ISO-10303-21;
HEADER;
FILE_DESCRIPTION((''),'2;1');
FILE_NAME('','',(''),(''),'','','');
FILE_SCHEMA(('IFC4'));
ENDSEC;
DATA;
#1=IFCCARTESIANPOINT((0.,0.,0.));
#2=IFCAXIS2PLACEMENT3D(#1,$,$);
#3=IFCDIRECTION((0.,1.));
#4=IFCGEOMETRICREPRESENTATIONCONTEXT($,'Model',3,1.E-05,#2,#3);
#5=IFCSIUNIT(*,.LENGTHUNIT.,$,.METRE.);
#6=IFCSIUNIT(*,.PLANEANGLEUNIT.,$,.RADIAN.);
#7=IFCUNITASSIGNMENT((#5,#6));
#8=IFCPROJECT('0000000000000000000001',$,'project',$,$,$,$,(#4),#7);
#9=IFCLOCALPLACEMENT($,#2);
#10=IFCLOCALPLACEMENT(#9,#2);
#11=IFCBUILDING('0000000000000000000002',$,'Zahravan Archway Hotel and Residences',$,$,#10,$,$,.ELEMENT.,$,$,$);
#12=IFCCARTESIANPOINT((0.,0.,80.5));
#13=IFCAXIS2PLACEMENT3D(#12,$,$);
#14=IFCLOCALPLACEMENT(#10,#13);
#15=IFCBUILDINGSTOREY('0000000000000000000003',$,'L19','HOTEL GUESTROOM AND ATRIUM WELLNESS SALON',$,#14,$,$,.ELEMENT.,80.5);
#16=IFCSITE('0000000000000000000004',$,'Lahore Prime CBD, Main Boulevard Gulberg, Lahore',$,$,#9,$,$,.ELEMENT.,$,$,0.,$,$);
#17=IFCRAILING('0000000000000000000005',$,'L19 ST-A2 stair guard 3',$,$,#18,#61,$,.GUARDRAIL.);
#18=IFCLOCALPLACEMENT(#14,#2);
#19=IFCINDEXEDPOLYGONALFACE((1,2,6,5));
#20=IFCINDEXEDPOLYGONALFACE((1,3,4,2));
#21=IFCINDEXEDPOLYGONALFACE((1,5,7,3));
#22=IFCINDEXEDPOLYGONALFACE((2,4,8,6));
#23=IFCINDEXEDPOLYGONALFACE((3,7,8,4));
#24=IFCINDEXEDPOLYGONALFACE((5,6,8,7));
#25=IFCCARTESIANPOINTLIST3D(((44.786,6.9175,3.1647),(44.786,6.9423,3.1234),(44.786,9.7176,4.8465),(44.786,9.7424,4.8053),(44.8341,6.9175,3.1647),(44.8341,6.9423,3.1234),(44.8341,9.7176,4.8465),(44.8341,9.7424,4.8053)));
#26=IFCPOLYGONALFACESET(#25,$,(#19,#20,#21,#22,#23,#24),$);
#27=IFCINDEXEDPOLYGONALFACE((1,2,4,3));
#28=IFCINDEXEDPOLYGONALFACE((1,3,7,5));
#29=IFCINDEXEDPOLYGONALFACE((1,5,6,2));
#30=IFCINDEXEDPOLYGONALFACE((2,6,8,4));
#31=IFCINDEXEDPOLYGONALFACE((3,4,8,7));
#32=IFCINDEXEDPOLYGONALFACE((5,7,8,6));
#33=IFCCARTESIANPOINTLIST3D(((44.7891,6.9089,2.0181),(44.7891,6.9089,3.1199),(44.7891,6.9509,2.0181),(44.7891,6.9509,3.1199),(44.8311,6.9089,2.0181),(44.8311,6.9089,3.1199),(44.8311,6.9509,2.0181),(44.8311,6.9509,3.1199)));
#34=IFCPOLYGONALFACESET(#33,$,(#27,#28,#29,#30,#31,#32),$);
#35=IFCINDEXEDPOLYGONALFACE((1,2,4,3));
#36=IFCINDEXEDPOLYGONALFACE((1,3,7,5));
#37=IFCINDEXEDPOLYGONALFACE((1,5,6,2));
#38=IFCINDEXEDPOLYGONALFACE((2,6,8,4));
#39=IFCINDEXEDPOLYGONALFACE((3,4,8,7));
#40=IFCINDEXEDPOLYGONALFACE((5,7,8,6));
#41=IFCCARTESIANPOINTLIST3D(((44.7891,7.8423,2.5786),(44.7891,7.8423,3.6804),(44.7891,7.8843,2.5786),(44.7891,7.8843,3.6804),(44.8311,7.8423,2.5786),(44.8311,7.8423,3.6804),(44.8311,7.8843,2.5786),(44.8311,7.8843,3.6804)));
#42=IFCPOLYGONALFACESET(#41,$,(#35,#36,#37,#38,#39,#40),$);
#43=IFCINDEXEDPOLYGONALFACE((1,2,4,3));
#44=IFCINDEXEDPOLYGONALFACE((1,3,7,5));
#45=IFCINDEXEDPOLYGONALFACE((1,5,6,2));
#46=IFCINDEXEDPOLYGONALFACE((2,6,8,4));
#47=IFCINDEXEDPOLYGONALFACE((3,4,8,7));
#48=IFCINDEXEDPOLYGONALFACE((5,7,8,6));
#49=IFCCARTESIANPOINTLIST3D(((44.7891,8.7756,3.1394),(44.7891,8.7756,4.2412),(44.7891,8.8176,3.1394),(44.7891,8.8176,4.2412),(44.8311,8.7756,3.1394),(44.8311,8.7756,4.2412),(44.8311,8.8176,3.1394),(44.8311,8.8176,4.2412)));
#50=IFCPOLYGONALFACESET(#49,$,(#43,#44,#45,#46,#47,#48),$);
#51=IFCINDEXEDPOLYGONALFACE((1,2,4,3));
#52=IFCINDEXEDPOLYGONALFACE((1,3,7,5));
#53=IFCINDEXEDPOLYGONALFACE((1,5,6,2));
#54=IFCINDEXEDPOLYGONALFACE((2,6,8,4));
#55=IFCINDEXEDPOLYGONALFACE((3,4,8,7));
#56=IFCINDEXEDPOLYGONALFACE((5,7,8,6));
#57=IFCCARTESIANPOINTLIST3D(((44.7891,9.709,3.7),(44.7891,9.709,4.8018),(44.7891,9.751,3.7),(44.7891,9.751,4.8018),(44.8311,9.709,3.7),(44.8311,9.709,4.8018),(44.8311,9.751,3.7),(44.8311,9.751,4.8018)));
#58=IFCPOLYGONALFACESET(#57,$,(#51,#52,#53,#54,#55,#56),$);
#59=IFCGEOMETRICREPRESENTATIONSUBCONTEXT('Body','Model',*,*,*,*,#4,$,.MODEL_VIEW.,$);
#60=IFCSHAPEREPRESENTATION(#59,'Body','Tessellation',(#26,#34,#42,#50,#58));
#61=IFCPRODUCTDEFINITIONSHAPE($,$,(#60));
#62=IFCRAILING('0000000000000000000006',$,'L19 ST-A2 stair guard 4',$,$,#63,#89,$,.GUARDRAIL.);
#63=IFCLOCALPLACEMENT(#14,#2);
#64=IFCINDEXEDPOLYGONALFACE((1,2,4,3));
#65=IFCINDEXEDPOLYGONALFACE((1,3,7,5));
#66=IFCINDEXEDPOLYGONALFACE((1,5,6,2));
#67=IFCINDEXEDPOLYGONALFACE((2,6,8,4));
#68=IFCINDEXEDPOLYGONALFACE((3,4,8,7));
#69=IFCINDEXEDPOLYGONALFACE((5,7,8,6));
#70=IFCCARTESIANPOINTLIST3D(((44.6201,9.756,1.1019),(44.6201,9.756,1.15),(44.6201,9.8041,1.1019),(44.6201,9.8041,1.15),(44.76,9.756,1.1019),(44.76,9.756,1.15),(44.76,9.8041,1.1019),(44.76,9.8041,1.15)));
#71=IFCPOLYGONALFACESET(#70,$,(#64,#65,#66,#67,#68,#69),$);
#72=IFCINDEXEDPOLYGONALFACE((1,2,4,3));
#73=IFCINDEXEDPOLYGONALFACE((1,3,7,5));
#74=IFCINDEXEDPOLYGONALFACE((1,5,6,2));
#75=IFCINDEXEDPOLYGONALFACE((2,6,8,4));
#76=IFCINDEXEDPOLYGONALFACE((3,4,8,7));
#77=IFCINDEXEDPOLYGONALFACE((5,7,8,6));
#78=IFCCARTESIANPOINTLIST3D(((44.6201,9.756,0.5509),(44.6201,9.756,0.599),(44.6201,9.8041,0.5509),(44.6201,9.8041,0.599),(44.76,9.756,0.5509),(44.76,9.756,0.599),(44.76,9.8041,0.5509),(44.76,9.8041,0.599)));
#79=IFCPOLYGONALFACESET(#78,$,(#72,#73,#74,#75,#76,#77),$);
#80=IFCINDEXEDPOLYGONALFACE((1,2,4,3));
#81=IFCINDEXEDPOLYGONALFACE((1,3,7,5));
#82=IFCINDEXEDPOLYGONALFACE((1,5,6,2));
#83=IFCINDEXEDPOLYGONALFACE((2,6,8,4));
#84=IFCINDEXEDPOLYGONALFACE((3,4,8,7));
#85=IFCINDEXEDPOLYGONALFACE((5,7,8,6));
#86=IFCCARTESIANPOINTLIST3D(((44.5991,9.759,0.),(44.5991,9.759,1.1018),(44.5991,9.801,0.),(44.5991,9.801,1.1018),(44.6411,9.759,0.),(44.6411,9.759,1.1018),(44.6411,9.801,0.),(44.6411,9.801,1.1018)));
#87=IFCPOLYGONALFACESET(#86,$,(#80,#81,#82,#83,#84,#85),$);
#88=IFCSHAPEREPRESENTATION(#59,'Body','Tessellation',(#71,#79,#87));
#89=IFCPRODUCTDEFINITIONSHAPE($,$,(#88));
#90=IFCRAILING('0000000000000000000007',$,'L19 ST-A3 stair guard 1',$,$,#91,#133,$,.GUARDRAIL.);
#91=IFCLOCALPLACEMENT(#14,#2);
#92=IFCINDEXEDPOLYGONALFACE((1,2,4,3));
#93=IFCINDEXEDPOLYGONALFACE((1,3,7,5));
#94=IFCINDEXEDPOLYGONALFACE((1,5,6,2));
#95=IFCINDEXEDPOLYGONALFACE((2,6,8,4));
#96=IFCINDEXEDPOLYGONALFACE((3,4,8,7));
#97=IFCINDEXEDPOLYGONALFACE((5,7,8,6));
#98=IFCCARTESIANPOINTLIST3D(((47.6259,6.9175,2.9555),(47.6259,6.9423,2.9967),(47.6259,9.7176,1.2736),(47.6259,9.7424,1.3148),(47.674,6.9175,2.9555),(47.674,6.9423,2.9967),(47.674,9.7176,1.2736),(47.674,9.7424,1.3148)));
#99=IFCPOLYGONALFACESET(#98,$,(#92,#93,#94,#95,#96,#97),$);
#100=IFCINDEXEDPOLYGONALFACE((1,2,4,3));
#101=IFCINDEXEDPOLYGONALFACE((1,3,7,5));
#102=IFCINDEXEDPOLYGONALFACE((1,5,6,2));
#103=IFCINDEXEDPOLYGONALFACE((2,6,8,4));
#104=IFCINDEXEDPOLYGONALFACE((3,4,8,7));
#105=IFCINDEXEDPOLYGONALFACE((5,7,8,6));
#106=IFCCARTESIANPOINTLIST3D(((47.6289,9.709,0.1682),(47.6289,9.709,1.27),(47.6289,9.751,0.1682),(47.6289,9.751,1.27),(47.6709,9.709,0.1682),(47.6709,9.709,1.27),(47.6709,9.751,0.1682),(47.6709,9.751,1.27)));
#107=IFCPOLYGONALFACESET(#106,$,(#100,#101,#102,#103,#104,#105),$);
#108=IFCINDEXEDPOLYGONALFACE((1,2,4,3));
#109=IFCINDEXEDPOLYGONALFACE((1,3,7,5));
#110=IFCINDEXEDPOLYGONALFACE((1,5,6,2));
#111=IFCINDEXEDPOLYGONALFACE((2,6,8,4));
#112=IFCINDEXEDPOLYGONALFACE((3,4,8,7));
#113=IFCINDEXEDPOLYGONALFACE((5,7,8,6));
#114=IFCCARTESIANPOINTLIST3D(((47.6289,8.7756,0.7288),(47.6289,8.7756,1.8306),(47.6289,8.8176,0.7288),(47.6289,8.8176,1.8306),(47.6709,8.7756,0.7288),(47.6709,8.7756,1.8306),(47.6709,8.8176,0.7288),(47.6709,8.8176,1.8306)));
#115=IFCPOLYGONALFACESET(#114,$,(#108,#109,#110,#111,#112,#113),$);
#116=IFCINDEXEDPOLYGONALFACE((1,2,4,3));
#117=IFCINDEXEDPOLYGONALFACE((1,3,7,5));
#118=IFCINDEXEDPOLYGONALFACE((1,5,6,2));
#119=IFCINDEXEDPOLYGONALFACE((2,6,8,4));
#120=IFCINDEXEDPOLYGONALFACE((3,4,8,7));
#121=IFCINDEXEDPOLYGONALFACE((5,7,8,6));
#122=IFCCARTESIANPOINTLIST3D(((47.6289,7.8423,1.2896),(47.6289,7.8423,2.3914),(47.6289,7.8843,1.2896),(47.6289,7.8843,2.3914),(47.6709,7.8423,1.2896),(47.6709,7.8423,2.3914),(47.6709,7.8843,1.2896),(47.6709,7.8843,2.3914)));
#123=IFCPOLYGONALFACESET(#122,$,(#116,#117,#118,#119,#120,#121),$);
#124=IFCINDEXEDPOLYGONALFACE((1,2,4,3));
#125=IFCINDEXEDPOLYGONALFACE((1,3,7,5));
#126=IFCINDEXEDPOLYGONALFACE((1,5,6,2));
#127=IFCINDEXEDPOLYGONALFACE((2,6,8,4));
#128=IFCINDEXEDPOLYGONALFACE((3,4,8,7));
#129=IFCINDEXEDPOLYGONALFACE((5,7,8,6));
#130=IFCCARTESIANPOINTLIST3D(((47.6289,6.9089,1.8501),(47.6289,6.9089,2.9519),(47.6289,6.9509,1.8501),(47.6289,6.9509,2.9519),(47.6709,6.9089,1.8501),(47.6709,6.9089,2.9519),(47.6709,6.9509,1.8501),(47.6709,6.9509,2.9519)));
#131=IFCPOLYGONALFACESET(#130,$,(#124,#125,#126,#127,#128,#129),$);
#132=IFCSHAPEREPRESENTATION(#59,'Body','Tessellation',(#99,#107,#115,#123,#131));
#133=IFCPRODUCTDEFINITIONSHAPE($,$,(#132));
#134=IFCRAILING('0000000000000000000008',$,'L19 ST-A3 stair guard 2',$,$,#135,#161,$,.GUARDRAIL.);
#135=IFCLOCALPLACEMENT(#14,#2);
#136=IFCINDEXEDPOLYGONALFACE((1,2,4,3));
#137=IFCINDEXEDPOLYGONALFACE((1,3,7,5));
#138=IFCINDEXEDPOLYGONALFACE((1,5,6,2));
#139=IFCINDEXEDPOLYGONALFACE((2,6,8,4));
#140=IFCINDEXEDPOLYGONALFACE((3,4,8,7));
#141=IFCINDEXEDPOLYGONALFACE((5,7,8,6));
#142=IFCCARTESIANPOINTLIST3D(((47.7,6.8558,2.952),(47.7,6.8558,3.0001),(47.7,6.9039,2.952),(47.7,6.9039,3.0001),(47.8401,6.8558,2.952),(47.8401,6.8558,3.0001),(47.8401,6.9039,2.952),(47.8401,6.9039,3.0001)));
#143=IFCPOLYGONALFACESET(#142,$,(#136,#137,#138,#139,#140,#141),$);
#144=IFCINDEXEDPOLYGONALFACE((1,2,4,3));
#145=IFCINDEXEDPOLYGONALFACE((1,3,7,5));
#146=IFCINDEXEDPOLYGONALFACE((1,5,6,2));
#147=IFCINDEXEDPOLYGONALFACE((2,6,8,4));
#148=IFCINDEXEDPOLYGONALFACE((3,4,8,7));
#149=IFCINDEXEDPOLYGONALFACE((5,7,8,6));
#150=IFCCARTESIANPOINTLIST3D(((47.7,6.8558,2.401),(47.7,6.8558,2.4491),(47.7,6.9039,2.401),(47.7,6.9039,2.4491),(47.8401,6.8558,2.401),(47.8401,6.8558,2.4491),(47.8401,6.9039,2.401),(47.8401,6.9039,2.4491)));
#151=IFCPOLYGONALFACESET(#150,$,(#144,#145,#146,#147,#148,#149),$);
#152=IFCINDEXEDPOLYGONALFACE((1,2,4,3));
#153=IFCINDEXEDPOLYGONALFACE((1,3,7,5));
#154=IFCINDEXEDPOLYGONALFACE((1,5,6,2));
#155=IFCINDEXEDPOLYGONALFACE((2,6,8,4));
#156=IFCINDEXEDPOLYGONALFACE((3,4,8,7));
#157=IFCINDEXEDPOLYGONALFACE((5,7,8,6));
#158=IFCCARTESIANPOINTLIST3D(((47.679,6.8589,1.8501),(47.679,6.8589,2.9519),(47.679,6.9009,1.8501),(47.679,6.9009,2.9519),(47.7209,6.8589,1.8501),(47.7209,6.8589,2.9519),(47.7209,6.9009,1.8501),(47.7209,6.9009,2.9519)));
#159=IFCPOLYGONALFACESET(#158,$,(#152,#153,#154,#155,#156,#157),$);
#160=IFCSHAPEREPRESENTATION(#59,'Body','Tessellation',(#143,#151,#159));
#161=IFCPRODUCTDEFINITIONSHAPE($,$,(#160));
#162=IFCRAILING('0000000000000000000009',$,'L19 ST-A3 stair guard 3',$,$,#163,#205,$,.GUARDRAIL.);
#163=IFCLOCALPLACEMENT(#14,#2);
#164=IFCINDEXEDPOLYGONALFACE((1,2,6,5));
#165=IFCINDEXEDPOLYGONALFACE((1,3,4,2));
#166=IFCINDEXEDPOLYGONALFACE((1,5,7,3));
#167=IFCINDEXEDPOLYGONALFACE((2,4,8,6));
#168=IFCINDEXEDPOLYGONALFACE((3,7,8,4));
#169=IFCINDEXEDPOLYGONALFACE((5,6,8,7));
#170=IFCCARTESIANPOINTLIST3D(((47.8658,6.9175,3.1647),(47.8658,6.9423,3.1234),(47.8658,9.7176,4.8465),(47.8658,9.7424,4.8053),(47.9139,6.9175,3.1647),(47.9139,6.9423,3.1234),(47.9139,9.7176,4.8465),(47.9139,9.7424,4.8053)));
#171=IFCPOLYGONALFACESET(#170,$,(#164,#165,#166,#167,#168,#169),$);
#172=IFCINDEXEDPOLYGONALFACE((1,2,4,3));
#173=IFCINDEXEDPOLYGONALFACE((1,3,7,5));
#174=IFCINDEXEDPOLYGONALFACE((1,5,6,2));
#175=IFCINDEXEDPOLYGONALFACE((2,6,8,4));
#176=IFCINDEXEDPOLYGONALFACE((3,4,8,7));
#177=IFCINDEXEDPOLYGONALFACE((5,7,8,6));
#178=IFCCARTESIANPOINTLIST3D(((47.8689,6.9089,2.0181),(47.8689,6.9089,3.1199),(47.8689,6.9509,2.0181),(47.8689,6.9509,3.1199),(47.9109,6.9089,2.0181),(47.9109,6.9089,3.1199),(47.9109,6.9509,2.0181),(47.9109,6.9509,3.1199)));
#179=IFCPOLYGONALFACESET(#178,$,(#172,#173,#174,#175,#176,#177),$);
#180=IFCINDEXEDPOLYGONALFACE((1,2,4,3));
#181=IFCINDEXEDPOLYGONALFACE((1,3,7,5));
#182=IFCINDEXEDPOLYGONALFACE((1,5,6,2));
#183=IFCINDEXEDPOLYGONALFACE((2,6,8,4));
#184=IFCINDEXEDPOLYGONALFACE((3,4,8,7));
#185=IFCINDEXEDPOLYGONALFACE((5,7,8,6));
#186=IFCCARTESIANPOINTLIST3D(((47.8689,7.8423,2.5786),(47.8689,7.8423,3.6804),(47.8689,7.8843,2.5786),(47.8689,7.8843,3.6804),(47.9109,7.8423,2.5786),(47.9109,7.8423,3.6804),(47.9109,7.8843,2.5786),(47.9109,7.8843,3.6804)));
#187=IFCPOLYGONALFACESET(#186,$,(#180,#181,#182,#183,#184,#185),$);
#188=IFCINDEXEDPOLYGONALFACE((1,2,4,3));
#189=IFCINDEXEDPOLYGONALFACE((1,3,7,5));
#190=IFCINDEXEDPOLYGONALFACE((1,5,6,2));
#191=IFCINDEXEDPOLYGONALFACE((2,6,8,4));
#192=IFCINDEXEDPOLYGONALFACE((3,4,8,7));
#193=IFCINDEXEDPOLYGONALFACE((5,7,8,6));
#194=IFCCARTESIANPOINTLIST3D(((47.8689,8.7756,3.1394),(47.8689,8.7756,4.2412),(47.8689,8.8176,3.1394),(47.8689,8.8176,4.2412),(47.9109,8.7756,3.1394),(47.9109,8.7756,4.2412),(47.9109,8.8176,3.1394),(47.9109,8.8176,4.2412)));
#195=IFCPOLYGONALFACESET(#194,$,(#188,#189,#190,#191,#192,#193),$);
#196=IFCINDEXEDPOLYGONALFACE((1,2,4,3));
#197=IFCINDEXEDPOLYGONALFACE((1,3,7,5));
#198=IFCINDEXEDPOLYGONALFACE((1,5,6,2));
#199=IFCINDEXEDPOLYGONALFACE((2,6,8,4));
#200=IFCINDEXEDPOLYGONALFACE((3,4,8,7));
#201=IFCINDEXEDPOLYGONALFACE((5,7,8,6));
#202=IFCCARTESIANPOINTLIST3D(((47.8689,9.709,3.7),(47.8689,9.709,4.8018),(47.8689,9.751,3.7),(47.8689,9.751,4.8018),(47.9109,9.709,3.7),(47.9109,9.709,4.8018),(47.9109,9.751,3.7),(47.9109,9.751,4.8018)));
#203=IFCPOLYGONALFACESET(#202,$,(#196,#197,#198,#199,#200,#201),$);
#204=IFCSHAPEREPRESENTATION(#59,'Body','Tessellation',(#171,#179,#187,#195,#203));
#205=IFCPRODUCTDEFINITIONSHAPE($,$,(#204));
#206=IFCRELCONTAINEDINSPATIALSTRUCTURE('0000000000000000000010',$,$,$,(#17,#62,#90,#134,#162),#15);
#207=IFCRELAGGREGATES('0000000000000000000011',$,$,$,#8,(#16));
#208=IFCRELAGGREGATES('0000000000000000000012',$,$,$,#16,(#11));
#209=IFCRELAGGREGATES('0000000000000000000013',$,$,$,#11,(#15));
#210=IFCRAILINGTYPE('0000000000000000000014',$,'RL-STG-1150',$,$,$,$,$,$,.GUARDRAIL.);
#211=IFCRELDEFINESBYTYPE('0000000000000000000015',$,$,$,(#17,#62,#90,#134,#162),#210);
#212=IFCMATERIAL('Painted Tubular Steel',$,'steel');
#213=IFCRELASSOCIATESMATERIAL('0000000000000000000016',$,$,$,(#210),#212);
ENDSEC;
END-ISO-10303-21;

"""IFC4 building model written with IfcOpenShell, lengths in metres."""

from ifc_helpers import new_model, si_unit, direction, frame, origin, origin_2d, place, context, subcontext, project, spatial, rectangle, extrude, material, type_object, element, save


model = new_model("IFC4")

# Units and contexts
model_context = context("Model", 3, precision=1e-05, world=origin(), true_north=direction((0.0, 1.0)))
body_context = subcontext(model_context, "Body", "Model", "MODEL_VIEW")
ifc_project = project(units=[si_unit("LENGTHUNIT", "METRE"), si_unit("PLANEANGLEUNIT", "RADIAN")], contexts=[model_context])

# Site, building, storey
site_placement = place(None, origin())
site = spatial("IfcSite", under=ifc_project, at=site_placement, Name="Lahore Prime CBD, Main Boulevard Gulberg, Lahore", CompositionType="ELEMENT", RefElevation=0.0)
building_placement = place(site_placement, origin())
building = spatial("IfcBuilding", under=site, at=building_placement, Name="Zahravan Archway Hotel and Residences", CompositionType="ELEMENT")
storey_placement = place(building_placement, frame((0.0, 0.0, 80.5)))
storey = spatial("IfcBuildingStorey", under=building, at=storey_placement, Name="L19", Description="HOTEL GUESTROOM AND ATRIUM WELLNESS SALON", CompositionType="ELEMENT", Elevation=80.5)

# Railings
ifc_material_1 = material(Name="Painted Tubular Steel", Category="steel")
railing_type_1 = type_object("IfcRailingType", Name="RL-STG-1150", PredefinedType="GUARDRAIL", material=ifc_material_1)
railing_1_placement = place(storey_placement, frame((44.8101, 6.9299, 2.0181)))
element("IfcRailing", 1, at=railing_1_placement, inside=storey, type_object=railing_type_1, Name="L19 ST-A2 stair guard 3", PredefinedType="GUARDRAIL", context=body_context, shape_type="SweptSolid", body=[
    extrude(rectangle(XDim=0.0481, YDim=0.0481, at=origin_2d()), frame((0.0, 0.0, 1.126), z_axis=(0.0, 0.857242, 0.514913), x_axis=(-1.0, 0.0, 0.0)), (0.0, 0.0, 1.0), 3.2664),
    extrude(rectangle(XDim=0.042, YDim=0.042, at=origin_2d()), origin(), (0.0, 0.0, 1.0), 1.1018),
    extrude(rectangle(XDim=0.042, YDim=0.042, at=origin_2d()), frame((0.0, 0.9333, 0.5605)), (0.0, 0.0, 1.0), 1.1018),
    extrude(rectangle(XDim=0.042, YDim=0.042, at=origin_2d()), frame((0.0, 1.8667, 1.1213)), (0.0, 0.0, 1.0), 1.1018),
    extrude(rectangle(XDim=0.042, YDim=0.042, at=origin_2d()), frame((0.0, 2.8, 1.6819)), (0.0, 0.0, 1.0), 1.1018),
])
railing_2_placement = place(storey_placement, frame((44.6201, 9.78, 0.0)))
element("IfcRailing", 2, at=railing_2_placement, inside=storey, type_object=railing_type_1, Name="L19 ST-A2 stair guard 4", PredefinedType="GUARDRAIL", context=body_context, shape_type="SweptSolid", body=[
    extrude(rectangle(XDim=0.0481, YDim=0.0481, at=origin_2d()), frame((0.0, 0.0, 1.126), z_axis=(1.0, 0.0, 0.0), x_axis=(0.0, 1.0, 0.0)), (0.0, 0.0, 1.0), 0.1399),
    extrude(rectangle(XDim=0.0481, YDim=0.0481, at=origin_2d()), frame((0.0, 0.0, 0.575), z_axis=(1.0, 0.0, 0.0), x_axis=(0.0, 1.0, 0.0)), (0.0, 0.0, 1.0), 0.1399),
    extrude(rectangle(XDim=0.042, YDim=0.042, at=origin_2d()), origin(), (0.0, 0.0, 1.0), 1.1018),
])
railing_3_placement = place(storey_placement, frame((47.6499, 9.73, 0.1682)))
element("IfcRailing", 3, at=railing_3_placement, inside=storey, type_object=railing_type_1, Name="L19 ST-A3 stair guard 1", PredefinedType="GUARDRAIL", context=body_context, shape_type="SweptSolid", body=[
    extrude(rectangle(XDim=0.0481, YDim=0.0481, at=origin_2d()), frame((0.0, 0.0, 1.126), z_axis=(0.0, -0.857242, 0.514913), x_axis=(1.0, 0.0, 0.0)), (0.0, 0.0, 1.0), 3.2664),
    extrude(rectangle(XDim=0.042, YDim=0.042, at=origin_2d()), origin(), (0.0, 0.0, 1.0), 1.1018),
    extrude(rectangle(XDim=0.042, YDim=0.042, at=origin_2d()), frame((0.0, -0.9333, 0.5605)), (0.0, 0.0, 1.0), 1.1018),
    extrude(rectangle(XDim=0.042, YDim=0.042, at=origin_2d()), frame((0.0, -1.8667, 1.1213)), (0.0, 0.0, 1.0), 1.1018),
    extrude(rectangle(XDim=0.042, YDim=0.042, at=origin_2d()), frame((0.0, -2.8, 1.6819)), (0.0, 0.0, 1.0), 1.1018),
])
railing_4_placement = place(storey_placement, frame((47.7, 6.8799, 1.8501)))
element("IfcRailing", 4, at=railing_4_placement, inside=storey, type_object=railing_type_1, Name="L19 ST-A3 stair guard 2", PredefinedType="GUARDRAIL", context=body_context, shape_type="SweptSolid", body=[
    extrude(rectangle(XDim=0.0481, YDim=0.0481, at=origin_2d()), frame((0.0, 0.0, 1.126), z_axis=(1.0, 0.0, 0.0), x_axis=(0.0, 1.0, 0.0)), (0.0, 0.0, 1.0), 0.1401),
    extrude(rectangle(XDim=0.0481, YDim=0.0481, at=origin_2d()), frame((0.0, 0.0, 0.575), z_axis=(1.0, 0.0, 0.0), x_axis=(0.0, 1.0, 0.0)), (0.0, 0.0, 1.0), 0.1401),
    extrude(rectangle(XDim=0.042, YDim=0.042, at=origin_2d()), origin(), (0.0, 0.0, 1.0), 1.1018),
])
railing_5_placement = place(storey_placement, frame((47.8899, 6.9299, 2.0181)))
element("IfcRailing", 5, at=railing_5_placement, inside=storey, type_object=railing_type_1, Name="L19 ST-A3 stair guard 3", PredefinedType="GUARDRAIL", context=body_context, shape_type="SweptSolid", body=[
    extrude(rectangle(XDim=0.0481, YDim=0.0481, at=origin_2d()), frame((0.0, 0.0, 1.126), z_axis=(0.0, 0.857242, 0.514913), x_axis=(-1.0, 0.0, 0.0)), (0.0, 0.0, 1.0), 3.2664),
    extrude(rectangle(XDim=0.042, YDim=0.042, at=origin_2d()), origin(), (0.0, 0.0, 1.0), 1.1018),
    extrude(rectangle(XDim=0.042, YDim=0.042, at=origin_2d()), frame((0.0, 0.9333, 0.5605)), (0.0, 0.0, 1.0), 1.1018),
    extrude(rectangle(XDim=0.042, YDim=0.042, at=origin_2d()), frame((0.0, 1.8667, 1.1213)), (0.0, 0.0, 1.0), 1.1018),
    extrude(rectangle(XDim=0.042, YDim=0.042, at=origin_2d()), frame((0.0, 2.8, 1.6819)), (0.0, 0.0, 1.0), 1.1018),
])

save(model, "model.ifc")
